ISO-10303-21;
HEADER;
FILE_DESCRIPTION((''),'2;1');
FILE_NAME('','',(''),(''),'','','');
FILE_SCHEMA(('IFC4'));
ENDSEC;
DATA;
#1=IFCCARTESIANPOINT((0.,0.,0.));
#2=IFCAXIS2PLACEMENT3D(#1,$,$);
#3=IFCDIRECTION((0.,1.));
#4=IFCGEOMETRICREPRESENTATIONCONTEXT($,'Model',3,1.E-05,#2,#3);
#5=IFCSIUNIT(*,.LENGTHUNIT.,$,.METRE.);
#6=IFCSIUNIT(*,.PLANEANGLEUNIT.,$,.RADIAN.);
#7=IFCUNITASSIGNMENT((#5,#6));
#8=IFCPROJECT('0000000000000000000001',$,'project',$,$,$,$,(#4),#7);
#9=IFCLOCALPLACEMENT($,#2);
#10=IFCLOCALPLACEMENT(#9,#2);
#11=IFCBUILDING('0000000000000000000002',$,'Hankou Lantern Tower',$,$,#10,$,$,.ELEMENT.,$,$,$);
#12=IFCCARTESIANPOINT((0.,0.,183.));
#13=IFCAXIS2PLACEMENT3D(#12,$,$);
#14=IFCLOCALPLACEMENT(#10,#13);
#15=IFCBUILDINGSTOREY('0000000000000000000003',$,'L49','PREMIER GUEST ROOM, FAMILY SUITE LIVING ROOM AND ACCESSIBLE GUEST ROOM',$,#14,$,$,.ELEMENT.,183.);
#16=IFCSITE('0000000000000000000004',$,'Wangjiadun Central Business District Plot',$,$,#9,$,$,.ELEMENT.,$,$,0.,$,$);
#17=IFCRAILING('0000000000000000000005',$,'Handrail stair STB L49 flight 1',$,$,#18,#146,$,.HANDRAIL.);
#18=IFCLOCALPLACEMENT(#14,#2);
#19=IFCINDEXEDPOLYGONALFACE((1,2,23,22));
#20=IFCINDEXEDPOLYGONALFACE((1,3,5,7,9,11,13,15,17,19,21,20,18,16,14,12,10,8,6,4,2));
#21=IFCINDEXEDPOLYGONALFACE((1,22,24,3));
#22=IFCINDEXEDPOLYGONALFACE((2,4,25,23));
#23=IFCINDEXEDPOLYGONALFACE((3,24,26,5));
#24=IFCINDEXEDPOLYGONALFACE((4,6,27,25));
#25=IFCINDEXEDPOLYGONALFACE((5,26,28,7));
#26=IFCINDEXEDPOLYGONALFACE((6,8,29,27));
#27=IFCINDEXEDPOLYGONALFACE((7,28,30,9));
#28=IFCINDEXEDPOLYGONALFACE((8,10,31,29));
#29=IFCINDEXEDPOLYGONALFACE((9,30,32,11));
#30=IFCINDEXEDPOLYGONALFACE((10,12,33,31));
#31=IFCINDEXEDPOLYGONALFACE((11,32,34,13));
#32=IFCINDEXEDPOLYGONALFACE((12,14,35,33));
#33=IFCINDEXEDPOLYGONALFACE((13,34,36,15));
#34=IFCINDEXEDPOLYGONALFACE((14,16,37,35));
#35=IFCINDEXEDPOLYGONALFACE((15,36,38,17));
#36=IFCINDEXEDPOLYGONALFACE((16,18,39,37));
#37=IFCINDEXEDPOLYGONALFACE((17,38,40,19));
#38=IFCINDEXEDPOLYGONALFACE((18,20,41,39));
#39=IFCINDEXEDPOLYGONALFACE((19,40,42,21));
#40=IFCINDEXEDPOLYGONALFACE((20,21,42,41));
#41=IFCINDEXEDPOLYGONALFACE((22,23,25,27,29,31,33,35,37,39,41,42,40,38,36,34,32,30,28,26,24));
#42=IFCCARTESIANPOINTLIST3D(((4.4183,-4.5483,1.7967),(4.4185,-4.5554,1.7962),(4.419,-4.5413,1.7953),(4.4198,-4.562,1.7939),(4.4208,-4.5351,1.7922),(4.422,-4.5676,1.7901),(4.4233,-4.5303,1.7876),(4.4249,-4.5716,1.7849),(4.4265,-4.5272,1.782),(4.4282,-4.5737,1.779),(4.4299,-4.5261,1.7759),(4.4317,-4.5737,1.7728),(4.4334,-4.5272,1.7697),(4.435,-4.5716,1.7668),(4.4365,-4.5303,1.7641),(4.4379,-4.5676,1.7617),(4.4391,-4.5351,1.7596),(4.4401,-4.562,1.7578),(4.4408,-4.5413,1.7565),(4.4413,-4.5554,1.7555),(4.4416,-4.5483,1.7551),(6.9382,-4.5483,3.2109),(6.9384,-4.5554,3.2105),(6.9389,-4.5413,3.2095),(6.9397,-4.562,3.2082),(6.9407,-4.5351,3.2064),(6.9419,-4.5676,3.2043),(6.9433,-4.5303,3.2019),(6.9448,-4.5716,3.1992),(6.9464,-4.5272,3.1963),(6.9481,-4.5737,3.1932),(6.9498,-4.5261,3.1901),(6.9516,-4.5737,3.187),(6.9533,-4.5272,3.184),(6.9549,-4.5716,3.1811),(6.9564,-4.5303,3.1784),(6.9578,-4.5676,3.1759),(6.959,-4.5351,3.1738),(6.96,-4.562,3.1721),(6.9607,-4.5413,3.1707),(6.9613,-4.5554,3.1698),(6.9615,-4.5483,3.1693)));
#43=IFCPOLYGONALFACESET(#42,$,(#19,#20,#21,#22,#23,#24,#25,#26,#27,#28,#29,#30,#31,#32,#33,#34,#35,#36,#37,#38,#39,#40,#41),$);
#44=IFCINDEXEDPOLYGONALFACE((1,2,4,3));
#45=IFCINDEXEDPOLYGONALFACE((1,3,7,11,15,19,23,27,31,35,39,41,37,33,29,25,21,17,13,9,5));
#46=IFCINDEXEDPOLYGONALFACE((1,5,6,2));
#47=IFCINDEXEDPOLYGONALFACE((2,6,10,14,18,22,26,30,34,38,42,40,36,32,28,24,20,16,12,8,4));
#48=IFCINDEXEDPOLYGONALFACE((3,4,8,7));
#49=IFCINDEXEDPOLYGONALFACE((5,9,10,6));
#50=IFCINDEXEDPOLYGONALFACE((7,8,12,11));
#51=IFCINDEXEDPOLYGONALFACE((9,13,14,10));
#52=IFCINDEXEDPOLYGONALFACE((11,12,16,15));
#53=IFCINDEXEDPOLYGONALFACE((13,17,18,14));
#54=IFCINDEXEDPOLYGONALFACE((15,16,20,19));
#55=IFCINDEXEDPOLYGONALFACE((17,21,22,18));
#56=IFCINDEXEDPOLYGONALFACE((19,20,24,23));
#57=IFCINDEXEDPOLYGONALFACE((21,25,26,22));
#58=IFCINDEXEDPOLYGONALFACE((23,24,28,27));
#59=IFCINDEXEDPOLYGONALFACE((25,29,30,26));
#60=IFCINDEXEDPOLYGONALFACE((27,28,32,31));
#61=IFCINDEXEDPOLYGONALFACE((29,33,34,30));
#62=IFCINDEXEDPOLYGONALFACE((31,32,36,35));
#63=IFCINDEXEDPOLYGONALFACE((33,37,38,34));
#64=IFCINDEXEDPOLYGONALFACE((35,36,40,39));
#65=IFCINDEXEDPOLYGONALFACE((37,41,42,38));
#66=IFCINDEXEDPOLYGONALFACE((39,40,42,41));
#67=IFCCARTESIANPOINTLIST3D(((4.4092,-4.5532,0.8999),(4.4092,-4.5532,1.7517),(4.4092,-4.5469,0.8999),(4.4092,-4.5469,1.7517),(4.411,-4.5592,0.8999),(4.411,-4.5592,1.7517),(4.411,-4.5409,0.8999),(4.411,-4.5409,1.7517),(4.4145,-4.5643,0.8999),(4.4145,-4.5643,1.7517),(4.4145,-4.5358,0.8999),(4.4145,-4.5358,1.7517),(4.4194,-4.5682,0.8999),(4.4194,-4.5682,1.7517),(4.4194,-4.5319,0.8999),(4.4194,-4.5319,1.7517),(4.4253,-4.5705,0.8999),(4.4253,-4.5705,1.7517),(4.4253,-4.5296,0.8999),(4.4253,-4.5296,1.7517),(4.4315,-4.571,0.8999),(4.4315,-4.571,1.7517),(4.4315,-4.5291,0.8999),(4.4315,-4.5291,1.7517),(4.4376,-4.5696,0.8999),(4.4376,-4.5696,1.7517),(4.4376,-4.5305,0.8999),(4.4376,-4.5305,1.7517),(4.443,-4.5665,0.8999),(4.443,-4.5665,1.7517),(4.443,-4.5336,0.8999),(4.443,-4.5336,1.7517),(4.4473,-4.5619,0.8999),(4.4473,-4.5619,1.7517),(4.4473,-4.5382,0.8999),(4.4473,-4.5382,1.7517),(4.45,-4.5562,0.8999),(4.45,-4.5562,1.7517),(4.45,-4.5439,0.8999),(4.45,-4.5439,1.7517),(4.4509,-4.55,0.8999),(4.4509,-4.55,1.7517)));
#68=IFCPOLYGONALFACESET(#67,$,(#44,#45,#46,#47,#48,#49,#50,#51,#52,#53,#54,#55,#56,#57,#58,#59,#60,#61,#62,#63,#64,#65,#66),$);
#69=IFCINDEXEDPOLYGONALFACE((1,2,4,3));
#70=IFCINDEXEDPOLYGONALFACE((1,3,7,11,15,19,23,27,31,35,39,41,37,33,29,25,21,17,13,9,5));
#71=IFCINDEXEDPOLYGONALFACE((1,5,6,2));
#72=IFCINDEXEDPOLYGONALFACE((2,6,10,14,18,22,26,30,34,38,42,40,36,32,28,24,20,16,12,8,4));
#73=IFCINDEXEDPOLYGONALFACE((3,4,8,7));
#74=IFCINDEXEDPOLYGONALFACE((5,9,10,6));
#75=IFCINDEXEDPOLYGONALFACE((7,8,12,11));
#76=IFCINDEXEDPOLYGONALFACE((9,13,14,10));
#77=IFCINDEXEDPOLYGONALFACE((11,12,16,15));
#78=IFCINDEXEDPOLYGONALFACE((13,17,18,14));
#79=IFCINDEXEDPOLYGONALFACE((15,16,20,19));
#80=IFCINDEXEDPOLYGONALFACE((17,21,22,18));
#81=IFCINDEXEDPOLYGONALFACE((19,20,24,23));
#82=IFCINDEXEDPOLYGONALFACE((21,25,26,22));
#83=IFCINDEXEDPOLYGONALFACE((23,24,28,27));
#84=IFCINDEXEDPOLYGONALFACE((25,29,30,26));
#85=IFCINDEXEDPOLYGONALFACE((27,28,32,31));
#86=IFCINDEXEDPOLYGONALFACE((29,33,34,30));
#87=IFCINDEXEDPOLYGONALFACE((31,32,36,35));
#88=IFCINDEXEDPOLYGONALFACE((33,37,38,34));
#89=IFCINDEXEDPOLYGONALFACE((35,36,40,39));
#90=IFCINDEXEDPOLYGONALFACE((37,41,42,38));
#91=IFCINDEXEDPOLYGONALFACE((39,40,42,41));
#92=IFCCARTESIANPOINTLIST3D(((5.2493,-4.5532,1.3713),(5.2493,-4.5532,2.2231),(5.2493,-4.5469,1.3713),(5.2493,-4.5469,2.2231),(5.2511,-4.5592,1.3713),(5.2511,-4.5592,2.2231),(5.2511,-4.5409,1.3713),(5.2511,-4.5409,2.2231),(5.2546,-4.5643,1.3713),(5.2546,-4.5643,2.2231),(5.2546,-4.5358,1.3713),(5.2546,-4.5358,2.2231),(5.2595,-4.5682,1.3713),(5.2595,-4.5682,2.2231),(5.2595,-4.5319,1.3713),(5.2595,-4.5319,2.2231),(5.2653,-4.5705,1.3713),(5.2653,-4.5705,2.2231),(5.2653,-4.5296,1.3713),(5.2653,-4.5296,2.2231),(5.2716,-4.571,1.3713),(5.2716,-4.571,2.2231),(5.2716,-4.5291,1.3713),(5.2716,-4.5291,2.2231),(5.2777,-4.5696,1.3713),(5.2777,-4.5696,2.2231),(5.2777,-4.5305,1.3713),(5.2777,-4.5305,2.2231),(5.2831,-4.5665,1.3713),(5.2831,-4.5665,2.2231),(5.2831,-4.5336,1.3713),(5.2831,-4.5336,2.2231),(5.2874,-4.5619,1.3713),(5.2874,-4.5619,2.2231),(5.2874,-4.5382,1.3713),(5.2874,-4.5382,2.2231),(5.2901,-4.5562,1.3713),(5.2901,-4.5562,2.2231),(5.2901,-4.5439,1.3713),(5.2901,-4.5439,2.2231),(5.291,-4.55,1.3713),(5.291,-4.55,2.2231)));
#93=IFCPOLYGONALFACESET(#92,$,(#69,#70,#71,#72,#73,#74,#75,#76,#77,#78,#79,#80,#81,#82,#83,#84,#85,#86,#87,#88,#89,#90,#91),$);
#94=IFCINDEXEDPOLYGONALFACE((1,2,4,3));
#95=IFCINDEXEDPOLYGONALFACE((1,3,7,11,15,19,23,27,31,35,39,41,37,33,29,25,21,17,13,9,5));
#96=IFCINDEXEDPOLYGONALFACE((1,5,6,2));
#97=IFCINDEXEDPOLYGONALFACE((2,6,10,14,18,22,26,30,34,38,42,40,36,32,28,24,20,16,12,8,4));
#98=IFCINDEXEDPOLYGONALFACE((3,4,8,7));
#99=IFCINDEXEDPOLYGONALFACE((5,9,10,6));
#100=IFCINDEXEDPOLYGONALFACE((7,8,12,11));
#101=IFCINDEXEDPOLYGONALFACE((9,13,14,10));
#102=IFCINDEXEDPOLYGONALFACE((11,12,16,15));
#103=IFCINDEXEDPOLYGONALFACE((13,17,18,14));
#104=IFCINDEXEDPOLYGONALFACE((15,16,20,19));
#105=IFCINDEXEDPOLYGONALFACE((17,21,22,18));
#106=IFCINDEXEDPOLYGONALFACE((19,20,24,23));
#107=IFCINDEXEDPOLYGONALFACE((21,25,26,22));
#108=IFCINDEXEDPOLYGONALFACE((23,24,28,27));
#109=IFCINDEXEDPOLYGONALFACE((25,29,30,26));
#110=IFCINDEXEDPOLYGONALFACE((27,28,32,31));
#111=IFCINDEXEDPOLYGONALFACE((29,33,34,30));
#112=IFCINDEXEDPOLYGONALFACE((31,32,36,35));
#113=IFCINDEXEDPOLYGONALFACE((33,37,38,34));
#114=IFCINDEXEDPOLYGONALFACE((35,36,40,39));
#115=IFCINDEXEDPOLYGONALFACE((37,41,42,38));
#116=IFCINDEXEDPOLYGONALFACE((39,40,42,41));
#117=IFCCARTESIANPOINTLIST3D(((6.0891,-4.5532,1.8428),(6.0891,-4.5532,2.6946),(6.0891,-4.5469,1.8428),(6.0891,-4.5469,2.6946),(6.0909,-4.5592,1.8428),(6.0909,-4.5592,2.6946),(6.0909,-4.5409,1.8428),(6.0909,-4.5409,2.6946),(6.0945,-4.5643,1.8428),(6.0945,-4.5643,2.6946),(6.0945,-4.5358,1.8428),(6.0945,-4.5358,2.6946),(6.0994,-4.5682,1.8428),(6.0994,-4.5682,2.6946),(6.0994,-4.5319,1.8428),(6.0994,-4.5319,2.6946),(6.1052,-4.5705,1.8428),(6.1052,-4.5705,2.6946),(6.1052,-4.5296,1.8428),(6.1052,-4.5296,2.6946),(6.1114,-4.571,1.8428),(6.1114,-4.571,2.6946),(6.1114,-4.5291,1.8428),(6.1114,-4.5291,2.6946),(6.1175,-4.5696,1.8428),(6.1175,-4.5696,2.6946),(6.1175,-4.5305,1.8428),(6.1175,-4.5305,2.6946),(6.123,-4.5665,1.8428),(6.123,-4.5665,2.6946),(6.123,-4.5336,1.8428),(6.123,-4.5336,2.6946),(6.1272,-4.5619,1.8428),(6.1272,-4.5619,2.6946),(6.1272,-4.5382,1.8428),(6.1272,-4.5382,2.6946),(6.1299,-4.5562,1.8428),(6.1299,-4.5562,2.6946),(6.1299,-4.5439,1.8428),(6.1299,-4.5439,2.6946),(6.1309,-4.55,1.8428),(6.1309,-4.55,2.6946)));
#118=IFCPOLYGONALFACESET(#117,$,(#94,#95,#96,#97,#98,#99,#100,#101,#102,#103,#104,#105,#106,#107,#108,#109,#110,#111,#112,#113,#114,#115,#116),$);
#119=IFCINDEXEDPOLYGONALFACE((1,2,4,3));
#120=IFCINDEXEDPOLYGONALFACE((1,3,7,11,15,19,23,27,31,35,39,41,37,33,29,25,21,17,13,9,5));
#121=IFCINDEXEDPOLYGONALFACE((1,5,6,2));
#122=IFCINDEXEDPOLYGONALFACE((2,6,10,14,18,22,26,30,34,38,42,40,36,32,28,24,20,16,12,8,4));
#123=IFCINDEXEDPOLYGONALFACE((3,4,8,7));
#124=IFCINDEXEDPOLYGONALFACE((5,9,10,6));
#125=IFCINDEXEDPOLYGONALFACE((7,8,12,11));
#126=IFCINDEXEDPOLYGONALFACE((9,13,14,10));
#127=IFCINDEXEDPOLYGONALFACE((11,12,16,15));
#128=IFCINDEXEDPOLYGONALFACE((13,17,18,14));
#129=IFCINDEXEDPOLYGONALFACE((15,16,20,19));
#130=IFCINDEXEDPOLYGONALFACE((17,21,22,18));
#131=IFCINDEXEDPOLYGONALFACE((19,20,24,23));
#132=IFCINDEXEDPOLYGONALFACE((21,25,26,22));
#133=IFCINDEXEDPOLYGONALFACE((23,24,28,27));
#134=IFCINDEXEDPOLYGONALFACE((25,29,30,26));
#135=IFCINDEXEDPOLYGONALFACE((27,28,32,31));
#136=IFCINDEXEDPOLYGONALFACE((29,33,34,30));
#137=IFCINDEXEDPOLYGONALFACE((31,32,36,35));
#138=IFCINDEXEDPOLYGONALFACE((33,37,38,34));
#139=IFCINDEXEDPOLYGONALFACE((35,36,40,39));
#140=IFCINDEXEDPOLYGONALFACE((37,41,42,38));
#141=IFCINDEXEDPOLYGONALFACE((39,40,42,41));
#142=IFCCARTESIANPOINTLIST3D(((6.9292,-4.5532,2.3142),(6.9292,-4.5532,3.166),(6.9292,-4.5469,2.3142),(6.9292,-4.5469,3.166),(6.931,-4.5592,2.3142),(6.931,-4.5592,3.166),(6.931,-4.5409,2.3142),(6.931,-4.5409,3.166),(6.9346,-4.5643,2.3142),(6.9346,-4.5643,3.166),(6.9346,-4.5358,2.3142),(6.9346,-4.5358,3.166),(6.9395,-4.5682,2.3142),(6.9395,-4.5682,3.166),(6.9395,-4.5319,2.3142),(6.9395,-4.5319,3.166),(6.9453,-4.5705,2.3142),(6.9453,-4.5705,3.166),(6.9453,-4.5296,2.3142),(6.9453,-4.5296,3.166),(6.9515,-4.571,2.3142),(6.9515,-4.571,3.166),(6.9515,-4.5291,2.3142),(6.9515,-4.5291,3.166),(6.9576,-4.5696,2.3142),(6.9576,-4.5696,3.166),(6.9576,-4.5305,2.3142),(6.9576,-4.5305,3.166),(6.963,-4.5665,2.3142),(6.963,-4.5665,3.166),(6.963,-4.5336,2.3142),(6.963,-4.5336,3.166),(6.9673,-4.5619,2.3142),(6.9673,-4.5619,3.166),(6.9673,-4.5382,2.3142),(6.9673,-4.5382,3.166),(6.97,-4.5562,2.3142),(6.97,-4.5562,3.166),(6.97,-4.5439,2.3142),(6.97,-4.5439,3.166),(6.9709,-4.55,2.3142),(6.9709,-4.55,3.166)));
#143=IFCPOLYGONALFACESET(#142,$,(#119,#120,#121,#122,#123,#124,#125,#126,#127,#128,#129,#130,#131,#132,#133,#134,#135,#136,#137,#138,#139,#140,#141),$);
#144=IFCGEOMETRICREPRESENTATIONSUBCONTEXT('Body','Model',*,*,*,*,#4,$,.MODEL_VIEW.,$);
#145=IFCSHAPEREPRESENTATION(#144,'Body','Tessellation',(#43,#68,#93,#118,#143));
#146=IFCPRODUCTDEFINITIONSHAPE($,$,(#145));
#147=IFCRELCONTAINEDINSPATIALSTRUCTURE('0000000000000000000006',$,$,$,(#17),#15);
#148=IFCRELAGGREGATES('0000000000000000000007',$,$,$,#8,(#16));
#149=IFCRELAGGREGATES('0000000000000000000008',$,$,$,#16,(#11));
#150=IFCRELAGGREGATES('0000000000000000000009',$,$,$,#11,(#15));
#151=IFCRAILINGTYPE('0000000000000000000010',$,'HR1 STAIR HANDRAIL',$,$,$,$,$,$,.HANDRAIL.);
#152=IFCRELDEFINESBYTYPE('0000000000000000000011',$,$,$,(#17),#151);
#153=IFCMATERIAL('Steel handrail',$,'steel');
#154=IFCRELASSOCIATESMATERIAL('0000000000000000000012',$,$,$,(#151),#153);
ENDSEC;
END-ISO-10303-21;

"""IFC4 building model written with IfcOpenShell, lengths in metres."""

from ifc_helpers import new_model, si_unit, direction, frame, origin, origin_2d, place, context, subcontext, project, spatial, circle, extrude, material, type_object, element, save


model = new_model("IFC4")

# Units and contexts
model_context = context("Model", 3, precision=1e-05, world=origin(), true_north=direction((0.0, 1.0)))
body_context = subcontext(model_context, "Body", "Model", "MODEL_VIEW")
ifc_project = project(units=[si_unit("LENGTHUNIT", "METRE"), si_unit("PLANEANGLEUNIT", "RADIAN")], contexts=[model_context])

# Site, building, storey
site_placement = place(None, origin())
site = spatial("IfcSite", under=ifc_project, at=site_placement, Name="Wangjiadun Central Business District Plot", CompositionType="ELEMENT", RefElevation=0.0)
building_placement = place(site_placement, origin())
building = spatial("IfcBuilding", under=site, at=building_placement, Name="Hankou Lantern Tower", CompositionType="ELEMENT")
storey_placement = place(building_placement, frame((0.0, 0.0, 183.0)))
storey = spatial("IfcBuildingStorey", under=building, at=storey_placement, Name="L49", Description="PREMIER GUEST ROOM, FAMILY SUITE LIVING ROOM AND ACCESSIBLE GUEST ROOM", CompositionType="ELEMENT", Elevation=183.0)

# Railing
ifc_material_1 = material(Name="Steel handrail", Category="steel")
railing_type = type_object("IfcRailingType", Name="HR1 STAIR HANDRAIL", PredefinedType="HANDRAIL", material=ifc_material_1)
railing_1_placement = place(storey_placement, frame((4.4299, -4.55, 0.8999)))
element("IfcRailing", 1, at=railing_1_placement, inside=storey, type_object=railing_type, Name="Handrail stair STB L49 flight 1", PredefinedType="HANDRAIL", context=body_context, shape_type="SweptSolid", body=[
    extrude(circle(Radius=0.0239, at=origin_2d()), frame((0.0, 0.0, 0.876), z_axis=(0.872049, 0.0, 0.489419), x_axis=(0.0, 1.0, 0.0)), (0.0, 0.0, 1.0), 2.8896),
    extrude(circle(Radius=0.021, at=origin_2d()), origin(), (0.0, 0.0, 1.0), 0.8518),
    extrude(circle(Radius=0.021, at=origin_2d()), frame((0.8401, 0.0, 0.4714)), (0.0, 0.0, 1.0), 0.8518),
    extrude(circle(Radius=0.021, at=origin_2d()), frame((1.6799, 0.0, 0.9429)), (0.0, 0.0, 1.0), 0.8518),
    extrude(circle(Radius=0.021, at=origin_2d()), frame((2.52, 0.0, 1.4143)), (0.0, 0.0, 1.0), 0.8518),
])

save(model, "model.ifc")
